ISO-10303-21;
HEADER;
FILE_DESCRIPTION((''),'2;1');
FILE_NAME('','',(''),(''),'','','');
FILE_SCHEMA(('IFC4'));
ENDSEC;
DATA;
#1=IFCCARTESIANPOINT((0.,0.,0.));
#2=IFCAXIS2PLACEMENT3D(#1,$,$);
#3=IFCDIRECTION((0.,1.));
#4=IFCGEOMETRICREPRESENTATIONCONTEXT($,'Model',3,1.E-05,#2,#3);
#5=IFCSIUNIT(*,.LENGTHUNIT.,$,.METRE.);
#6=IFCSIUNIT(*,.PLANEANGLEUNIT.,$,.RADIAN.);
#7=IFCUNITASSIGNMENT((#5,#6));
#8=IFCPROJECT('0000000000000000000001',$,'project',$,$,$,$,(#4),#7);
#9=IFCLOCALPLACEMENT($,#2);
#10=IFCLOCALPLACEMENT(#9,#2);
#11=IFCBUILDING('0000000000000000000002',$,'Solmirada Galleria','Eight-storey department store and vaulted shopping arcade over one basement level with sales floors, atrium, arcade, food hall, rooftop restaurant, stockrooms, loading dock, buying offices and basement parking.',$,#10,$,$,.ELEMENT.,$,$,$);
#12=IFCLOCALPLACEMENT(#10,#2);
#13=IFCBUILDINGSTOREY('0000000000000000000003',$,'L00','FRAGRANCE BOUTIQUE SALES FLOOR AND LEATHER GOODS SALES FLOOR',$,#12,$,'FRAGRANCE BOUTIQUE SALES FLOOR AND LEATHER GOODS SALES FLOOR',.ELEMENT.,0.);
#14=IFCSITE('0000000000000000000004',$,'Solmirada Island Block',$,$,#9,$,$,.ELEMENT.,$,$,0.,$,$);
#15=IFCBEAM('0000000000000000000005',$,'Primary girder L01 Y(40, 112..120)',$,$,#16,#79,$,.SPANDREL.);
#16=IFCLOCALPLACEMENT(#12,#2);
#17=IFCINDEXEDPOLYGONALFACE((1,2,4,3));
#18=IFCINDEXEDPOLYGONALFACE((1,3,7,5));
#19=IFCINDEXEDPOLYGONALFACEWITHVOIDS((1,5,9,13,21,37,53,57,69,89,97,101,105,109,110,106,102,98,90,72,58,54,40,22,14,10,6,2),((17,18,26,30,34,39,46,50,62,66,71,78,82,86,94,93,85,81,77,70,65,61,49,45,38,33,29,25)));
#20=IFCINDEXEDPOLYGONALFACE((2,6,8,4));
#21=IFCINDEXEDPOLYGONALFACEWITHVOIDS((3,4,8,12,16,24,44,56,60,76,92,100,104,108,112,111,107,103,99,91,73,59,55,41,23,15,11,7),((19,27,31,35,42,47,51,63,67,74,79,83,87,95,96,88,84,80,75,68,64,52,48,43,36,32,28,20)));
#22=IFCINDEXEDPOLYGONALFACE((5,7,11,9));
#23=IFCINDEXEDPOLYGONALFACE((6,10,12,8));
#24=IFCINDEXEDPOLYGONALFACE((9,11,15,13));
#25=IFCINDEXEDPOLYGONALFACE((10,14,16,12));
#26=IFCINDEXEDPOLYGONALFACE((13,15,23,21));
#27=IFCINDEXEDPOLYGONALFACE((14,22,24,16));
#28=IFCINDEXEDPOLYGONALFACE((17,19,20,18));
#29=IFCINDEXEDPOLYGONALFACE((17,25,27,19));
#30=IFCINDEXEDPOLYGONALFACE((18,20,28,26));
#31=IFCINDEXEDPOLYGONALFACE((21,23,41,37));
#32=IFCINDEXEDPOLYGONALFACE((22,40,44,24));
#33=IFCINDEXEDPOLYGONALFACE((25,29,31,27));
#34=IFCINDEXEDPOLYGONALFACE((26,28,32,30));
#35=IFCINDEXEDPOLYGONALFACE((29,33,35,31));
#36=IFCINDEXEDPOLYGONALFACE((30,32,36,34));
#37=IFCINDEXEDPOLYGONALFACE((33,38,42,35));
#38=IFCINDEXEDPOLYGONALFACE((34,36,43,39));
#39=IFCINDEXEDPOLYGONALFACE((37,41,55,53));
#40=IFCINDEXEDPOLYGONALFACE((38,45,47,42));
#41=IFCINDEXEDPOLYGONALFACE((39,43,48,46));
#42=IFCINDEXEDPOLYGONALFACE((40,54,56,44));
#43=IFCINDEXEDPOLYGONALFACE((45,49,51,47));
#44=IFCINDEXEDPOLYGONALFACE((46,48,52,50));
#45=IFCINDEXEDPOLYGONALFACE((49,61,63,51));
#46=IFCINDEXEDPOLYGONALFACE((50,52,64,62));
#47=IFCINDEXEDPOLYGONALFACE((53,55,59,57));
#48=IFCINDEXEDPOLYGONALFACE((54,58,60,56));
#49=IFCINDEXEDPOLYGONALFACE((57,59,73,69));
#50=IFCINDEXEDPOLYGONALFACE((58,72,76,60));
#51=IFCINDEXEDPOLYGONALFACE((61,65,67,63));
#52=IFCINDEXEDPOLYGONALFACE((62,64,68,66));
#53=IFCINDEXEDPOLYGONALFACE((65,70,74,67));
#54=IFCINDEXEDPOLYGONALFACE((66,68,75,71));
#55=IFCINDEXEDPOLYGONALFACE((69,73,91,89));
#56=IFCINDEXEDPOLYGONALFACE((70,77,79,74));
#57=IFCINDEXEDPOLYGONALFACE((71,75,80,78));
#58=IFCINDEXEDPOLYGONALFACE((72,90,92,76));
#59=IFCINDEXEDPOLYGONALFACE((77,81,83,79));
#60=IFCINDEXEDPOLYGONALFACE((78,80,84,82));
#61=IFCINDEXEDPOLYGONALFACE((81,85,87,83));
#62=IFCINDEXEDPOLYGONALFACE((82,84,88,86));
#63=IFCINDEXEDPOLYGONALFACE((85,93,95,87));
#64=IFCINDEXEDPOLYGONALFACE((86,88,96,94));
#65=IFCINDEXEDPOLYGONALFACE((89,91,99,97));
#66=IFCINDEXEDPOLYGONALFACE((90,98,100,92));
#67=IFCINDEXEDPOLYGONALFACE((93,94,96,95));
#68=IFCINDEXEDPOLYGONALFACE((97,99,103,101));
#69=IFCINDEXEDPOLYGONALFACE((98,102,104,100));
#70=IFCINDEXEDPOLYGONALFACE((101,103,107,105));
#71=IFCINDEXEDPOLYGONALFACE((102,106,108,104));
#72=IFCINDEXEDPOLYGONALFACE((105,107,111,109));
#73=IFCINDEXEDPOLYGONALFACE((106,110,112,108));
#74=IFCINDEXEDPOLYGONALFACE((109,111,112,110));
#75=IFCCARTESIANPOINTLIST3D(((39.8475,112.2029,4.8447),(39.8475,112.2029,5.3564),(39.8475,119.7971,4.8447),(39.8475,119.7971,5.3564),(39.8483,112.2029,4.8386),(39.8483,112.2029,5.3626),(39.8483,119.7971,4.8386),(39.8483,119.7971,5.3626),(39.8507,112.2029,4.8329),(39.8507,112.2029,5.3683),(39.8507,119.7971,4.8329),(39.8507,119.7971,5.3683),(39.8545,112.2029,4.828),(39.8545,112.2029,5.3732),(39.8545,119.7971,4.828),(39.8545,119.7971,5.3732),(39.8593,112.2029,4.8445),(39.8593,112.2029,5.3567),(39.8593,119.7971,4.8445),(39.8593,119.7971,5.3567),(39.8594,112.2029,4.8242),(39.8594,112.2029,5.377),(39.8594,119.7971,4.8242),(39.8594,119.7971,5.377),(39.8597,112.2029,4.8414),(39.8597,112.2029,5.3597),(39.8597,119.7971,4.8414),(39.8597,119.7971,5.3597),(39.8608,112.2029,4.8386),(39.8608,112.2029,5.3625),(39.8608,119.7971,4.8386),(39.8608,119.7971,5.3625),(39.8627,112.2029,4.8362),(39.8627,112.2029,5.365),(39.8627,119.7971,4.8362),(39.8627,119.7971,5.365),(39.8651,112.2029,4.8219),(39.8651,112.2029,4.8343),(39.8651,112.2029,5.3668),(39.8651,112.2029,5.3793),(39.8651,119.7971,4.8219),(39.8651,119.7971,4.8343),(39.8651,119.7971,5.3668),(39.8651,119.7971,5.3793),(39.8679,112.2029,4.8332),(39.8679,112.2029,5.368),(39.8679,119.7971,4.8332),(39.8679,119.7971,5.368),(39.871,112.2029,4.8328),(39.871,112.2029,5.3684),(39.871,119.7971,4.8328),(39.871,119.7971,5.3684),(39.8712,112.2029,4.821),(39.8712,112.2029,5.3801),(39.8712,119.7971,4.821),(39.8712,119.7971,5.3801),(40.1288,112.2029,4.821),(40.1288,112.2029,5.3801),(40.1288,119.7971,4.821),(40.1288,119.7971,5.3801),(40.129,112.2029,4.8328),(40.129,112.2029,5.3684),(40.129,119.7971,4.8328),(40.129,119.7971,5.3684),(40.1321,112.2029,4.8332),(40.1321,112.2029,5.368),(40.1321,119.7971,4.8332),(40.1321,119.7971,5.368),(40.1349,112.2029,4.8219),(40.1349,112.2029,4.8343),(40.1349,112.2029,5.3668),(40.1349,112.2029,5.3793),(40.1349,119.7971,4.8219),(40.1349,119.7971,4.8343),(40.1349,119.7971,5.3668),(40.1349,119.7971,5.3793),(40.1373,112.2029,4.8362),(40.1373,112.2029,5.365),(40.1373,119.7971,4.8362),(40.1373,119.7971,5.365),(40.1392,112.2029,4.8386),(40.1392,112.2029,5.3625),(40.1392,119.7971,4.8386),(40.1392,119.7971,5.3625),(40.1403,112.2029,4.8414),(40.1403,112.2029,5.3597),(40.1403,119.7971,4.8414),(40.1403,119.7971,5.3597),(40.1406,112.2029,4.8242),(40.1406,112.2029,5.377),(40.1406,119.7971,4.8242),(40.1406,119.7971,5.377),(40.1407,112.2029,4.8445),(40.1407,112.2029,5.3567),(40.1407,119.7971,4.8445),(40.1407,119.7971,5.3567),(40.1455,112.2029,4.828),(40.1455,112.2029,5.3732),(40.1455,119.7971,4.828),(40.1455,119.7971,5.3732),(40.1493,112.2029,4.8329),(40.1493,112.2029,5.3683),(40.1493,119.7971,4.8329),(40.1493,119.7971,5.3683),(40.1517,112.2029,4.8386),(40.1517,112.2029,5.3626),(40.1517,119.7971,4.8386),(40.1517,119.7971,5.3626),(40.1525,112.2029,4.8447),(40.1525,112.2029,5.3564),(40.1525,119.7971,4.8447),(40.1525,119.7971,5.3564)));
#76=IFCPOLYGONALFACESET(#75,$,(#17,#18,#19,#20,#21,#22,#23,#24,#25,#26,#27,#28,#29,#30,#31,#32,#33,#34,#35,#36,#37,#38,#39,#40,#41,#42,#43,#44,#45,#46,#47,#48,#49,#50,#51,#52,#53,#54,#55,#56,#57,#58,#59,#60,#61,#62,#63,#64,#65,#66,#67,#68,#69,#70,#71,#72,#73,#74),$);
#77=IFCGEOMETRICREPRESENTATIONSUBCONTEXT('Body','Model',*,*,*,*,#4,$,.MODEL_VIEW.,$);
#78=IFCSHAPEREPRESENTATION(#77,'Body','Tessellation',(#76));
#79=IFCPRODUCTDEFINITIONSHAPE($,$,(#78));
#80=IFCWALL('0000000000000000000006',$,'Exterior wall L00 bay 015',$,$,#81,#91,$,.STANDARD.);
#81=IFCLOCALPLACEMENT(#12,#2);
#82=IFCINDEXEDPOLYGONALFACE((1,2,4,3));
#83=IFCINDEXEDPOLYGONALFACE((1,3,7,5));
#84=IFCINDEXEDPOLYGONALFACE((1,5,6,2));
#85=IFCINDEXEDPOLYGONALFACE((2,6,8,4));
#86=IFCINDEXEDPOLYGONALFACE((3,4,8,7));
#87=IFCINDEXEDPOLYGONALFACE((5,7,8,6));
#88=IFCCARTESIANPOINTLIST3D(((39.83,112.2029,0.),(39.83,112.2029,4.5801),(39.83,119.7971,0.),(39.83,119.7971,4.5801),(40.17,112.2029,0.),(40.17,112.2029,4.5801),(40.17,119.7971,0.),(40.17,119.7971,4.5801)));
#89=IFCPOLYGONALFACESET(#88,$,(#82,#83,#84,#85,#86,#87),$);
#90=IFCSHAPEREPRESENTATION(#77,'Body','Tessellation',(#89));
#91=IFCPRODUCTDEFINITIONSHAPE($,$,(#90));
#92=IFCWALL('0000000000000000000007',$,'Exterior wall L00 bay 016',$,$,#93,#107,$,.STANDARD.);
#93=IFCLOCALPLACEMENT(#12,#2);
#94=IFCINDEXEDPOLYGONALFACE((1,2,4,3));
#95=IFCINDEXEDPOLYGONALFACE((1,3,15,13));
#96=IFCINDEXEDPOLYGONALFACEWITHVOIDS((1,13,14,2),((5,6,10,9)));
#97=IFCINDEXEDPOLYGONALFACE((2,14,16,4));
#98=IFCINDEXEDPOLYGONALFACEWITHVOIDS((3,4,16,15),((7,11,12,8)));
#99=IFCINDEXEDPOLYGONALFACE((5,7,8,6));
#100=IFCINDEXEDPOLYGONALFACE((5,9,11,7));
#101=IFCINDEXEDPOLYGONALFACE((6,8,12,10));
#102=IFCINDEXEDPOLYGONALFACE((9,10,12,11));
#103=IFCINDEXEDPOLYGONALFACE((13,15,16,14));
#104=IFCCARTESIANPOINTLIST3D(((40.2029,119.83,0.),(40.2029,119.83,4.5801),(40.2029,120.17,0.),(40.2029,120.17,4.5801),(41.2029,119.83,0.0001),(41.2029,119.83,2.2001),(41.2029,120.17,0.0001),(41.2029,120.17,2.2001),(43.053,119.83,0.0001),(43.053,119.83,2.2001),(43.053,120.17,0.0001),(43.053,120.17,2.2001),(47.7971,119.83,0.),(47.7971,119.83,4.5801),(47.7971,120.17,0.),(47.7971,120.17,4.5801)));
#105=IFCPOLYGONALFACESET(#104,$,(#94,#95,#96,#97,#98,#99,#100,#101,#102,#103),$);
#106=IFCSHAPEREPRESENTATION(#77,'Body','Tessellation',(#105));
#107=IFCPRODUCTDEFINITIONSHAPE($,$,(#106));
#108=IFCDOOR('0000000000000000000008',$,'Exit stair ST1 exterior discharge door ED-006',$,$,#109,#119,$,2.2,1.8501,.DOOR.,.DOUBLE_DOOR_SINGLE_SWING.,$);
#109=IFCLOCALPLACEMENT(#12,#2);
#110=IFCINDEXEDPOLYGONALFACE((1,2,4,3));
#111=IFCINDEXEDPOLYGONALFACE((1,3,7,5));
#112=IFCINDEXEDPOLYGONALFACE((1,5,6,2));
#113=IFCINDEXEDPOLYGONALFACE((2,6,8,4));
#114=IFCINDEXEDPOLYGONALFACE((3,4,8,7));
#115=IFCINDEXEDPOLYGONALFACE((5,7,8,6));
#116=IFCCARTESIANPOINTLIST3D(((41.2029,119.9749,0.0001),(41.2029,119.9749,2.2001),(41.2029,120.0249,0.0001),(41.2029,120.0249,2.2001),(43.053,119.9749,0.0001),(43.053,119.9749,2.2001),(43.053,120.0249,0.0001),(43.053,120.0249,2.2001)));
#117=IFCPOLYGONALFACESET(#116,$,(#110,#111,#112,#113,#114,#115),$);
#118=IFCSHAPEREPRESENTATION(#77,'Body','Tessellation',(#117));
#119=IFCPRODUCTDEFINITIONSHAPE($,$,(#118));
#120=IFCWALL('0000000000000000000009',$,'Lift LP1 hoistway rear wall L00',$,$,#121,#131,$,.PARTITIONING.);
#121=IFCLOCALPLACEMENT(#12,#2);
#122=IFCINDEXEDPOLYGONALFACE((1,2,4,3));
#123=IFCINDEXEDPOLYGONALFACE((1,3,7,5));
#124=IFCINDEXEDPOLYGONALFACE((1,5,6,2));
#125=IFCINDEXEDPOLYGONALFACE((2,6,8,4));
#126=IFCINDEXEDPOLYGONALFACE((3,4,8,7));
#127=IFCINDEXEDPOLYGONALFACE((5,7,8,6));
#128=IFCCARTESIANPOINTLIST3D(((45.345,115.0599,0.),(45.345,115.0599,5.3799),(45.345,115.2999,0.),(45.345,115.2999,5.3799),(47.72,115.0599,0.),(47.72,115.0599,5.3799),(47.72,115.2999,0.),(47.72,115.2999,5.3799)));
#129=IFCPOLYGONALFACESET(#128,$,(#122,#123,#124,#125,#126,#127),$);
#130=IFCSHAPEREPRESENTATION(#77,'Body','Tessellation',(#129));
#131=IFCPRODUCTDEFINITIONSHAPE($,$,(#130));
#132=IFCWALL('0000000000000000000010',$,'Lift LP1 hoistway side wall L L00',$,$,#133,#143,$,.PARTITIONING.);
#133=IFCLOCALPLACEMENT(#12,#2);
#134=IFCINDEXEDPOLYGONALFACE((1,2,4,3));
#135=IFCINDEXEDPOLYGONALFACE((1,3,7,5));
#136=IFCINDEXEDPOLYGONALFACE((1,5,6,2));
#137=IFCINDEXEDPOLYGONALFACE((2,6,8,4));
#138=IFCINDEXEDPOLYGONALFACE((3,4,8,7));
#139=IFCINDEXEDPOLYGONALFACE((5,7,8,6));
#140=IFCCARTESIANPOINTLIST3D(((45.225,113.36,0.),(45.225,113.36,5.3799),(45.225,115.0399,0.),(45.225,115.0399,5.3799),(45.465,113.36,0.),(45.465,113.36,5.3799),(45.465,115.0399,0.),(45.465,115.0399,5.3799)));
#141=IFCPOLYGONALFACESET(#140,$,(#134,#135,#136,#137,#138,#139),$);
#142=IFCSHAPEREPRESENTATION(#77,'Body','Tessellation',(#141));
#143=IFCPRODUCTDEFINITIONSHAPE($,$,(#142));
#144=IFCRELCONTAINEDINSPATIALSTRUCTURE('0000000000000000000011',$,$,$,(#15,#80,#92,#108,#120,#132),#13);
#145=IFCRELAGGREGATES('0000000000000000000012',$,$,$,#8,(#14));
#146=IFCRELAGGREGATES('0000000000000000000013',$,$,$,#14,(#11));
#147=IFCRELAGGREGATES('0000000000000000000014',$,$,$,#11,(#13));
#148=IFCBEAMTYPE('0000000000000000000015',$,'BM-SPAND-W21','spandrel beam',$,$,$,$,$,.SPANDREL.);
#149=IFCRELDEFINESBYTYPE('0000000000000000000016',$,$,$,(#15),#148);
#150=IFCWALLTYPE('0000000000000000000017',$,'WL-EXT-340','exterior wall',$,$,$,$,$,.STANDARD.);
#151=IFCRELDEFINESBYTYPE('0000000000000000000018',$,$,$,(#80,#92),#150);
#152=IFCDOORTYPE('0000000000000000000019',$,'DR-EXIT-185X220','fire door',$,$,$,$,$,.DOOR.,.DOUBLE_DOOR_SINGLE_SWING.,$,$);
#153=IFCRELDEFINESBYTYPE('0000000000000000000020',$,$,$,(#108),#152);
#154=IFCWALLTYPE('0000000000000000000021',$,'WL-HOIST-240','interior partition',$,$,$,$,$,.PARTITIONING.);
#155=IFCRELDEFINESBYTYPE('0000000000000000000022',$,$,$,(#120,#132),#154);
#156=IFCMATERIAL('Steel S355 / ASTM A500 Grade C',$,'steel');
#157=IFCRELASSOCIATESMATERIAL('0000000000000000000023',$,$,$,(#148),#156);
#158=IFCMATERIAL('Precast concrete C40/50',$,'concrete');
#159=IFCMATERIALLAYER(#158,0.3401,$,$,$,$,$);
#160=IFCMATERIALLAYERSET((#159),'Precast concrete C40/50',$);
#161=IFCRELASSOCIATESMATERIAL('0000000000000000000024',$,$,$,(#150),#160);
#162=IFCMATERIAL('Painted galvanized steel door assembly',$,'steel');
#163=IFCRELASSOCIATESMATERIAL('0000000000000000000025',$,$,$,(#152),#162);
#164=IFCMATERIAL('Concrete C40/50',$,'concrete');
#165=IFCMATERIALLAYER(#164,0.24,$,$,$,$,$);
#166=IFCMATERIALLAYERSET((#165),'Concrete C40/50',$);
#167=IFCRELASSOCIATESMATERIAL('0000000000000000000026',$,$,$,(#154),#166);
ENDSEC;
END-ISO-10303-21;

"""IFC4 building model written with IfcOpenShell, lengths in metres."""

from ifc_helpers import new_model, si_unit, direction, frame, frame_2d, origin, origin_2d, place, context, subcontext, project, spatial, rectangle, hollow_rectangle, extrude, material, layer, layer_set, material_profile, profile_set, type_object, element, fill, save


model = new_model("IFC4")

# Units and contexts
model_context = context("Model", 3, precision=1e-05, world=origin(), true_north=direction((0.0, 1.0)))
body_context = subcontext(model_context, "Body", "Model", "MODEL_VIEW")
ifc_project = project(units=[si_unit("LENGTHUNIT", "METRE"), si_unit("PLANEANGLEUNIT", "RADIAN")], contexts=[model_context])

# Site, building, storey
site_placement = place(None, origin())
site = spatial("IfcSite", under=ifc_project, at=site_placement, Name="Solmirada Island Block", CompositionType="ELEMENT", RefElevation=0.0)
building_placement = place(site_placement, origin())
building = spatial("IfcBuilding", under=site, at=building_placement, Name="Solmirada Galleria", Description="Eight-storey department store and vaulted shopping arcade over one basement level with sales floors, atrium, arcade, food hall, rooftop restaurant, stockrooms, loading dock, buying offices and basement parking.", CompositionType="ELEMENT")
storey_placement = place(building_placement, origin())
storey = spatial("IfcBuildingStorey", under=building, at=storey_placement, Name="L00", Description="FRAGRANCE BOUTIQUE SALES FLOOR AND LEATHER GOODS SALES FLOOR", LongName="FRAGRANCE BOUTIQUE SALES FLOOR AND LEATHER GOODS SALES FLOOR", CompositionType="ELEMENT", Elevation=0.0)

# Shared definitions
ifc_material_1 = material(Name="Steel S355 / ASTM A500 Grade C", Category="steel")

# Beam
ifc_material_profile_1 = material_profile(ifc_material_1, hollow_rectangle(XDim=0.3049, YDim=0.5591, WallThickness=0.0117, InnerFilletRadius=0.0117, OuterFilletRadius=0.0237, at=origin_2d()), Name="HSS22X12X1/2")
ifc_profile_set_1 = profile_set([ifc_material_profile_1], Name="Steel S355 / ASTM A500 Grade C")
beam_type = type_object("IfcBeamType", Name="BM-SPAND-W21", Description="spandrel beam", PredefinedType="SPANDREL", material=ifc_profile_set_1)
for number, where, z_axis, x_axis, name in (
    (1, (40.0, 112.2029, 5.1006), (0.0, 1.0, 0.0), (-1.0, 0.0, 0.0), "Primary girder L01 Y(40, 112..120)"),
):
    element("IfcBeam", number, at=place(storey_placement, frame(where, z_axis=z_axis, x_axis=x_axis)), inside=storey, type_object=beam_type, Name=name, PredefinedType="SPANDREL", context=body_context, shape_type="SweptSolid", body=[
        extrude(hollow_rectangle(XDim=0.3049, YDim=0.5591, WallThickness=0.0117, InnerFilletRadius=0.0117, OuterFilletRadius=0.0237, at=origin_2d()), origin(), (0.0, 0.0, 1.0), 7.5942),
    ])

# Wall
ifc_material_2 = material(Name="Precast concrete C40/50", Category="concrete")
ifc_layer_1 = layer(ifc_material_2, 0.3401)
ifc_layer_set_1 = layer_set([ifc_layer_1], Name="Precast concrete C40/50")
wall_type_1 = type_object("IfcWallType", Name="WL-EXT-340", Description="exterior wall", PredefinedType="STANDARD", material=ifc_layer_set_1)
wall_1_placement = place(storey_placement, frame((40.0, 112.2029, 0.0), z_axis=(0.0, 0.0, 1.0), x_axis=(0.0, 1.0, 0.0)))
element("IfcWall", 2, at=wall_1_placement, inside=storey, type_object=wall_type_1, Name="Exterior wall L00 bay 015", PredefinedType="STANDARD", context=body_context, shape_type="SweptSolid", body=[
    extrude(rectangle(XDim=7.5942, YDim=0.3401, at=frame_2d((3.7971, 0.0))), origin(), (0.0, 0.0, 1.0), 4.5801),
])

# Wall, opening, door
wall_2_placement = place(storey_placement, frame((40.2029, 120.0, 0.0), z_axis=(0.0, 0.0, 1.0), x_axis=(1.0, 0.0, 0.0)))
wall_2 = element("IfcWall", 3, at=wall_2_placement, inside=storey, type_object=wall_type_1, Name="Exterior wall L00 bay 016", PredefinedType="STANDARD", context=body_context, shape_type="SweptSolid", body=[
    extrude(rectangle(XDim=7.5942, YDim=0.3401, at=frame_2d((3.7971, 0.0))), origin(), (0.0, 0.0, 1.0), 4.5801),
])
opening_1_placement = place(wall_2_placement, frame((1.0, 0.0, 0.0)))
opening_1 = element("IfcOpeningElement", 4, at=opening_1_placement, cuts=wall_2, PredefinedType="OPENING", context=body_context, shape_type="SweptSolid", body=[
    extrude(rectangle(XDim=1.8501, YDim=2.2, at=frame_2d((0.925, 1.1001))), frame((0.0, 0.1799, 0.0), z_axis=(0.0, -1.0, 0.0), x_axis=(1.0, 0.0, 0.0)), (0.0, 0.0, 1.0), 0.3601),
])
ifc_material_3 = material(Name="Painted galvanized steel door assembly", Category="steel")
door_type_1 = type_object("IfcDoorType", Name="DR-EXIT-185X220", Description="fire door", OperationType="DOUBLE_DOOR_SINGLE_SWING", PredefinedType="DOOR", material=ifc_material_3)
door_1_placement = place(opening_1_placement, origin())
door_1 = element("IfcDoor", 5, at=door_1_placement, inside=storey, type_object=door_type_1, Name="Exit stair ST1 exterior discharge door ED-006", OperationType="DOUBLE_DOOR_SINGLE_SWING", OverallHeight=2.2, OverallWidth=1.8501, PredefinedType="DOOR", context=body_context, shape_type="SweptSolid", body=[
    extrude(rectangle(XDim=1.8501, YDim=2.2, at=frame_2d((0.925, 1.1001))), frame((0.0, 0.0249, 0.0), z_axis=(0.0, -1.0, 0.0), x_axis=(1.0, 0.0, 0.0)), (0.0, 0.0, 1.0), 0.05),
])
fill(opening_1, door_1)
ifc_material_4 = material(Name="Concrete C40/50", Category="concrete")
ifc_layer_2 = layer(ifc_material_4, 0.24)
ifc_layer_set_2 = layer_set([ifc_layer_2], Name="Concrete C40/50")
wall_type_2 = type_object("IfcWallType", Name="WL-HOIST-240", Description="interior partition", PredefinedType="PARTITIONING", material=ifc_layer_set_2)

# Walls
wall_3_placement = place(storey_placement, frame((45.345, 115.1799, 0.0), z_axis=(0.0, 0.0, 1.0), x_axis=(1.0, 0.0, 0.0)))
element("IfcWall", 6, at=wall_3_placement, inside=storey, type_object=wall_type_2, Name="Lift LP1 hoistway rear wall L00", PredefinedType="PARTITIONING", context=body_context, shape_type="SweptSolid", body=[
    extrude(rectangle(XDim=2.375, YDim=0.24, at=frame_2d((1.1875, 0.0))), origin(), (0.0, 0.0, 1.0), 5.3799),
])
wall_4_placement = place(storey_placement, frame((45.345, 113.3601, 0.0), z_axis=(0.0, 0.0, 1.0), x_axis=(0.0, 1.0, 0.0)))
element("IfcWall", 7, at=wall_4_placement, inside=storey, type_object=wall_type_2, Name="Lift LP1 hoistway side wall L L00", PredefinedType="PARTITIONING", context=body_context, shape_type="SweptSolid", body=[
    extrude(rectangle(XDim=1.6799, YDim=0.24, at=frame_2d((0.8398, 0.0))), origin(), (0.0, 0.0, 1.0), 5.3799),
])

save(model, "model.ifc")
